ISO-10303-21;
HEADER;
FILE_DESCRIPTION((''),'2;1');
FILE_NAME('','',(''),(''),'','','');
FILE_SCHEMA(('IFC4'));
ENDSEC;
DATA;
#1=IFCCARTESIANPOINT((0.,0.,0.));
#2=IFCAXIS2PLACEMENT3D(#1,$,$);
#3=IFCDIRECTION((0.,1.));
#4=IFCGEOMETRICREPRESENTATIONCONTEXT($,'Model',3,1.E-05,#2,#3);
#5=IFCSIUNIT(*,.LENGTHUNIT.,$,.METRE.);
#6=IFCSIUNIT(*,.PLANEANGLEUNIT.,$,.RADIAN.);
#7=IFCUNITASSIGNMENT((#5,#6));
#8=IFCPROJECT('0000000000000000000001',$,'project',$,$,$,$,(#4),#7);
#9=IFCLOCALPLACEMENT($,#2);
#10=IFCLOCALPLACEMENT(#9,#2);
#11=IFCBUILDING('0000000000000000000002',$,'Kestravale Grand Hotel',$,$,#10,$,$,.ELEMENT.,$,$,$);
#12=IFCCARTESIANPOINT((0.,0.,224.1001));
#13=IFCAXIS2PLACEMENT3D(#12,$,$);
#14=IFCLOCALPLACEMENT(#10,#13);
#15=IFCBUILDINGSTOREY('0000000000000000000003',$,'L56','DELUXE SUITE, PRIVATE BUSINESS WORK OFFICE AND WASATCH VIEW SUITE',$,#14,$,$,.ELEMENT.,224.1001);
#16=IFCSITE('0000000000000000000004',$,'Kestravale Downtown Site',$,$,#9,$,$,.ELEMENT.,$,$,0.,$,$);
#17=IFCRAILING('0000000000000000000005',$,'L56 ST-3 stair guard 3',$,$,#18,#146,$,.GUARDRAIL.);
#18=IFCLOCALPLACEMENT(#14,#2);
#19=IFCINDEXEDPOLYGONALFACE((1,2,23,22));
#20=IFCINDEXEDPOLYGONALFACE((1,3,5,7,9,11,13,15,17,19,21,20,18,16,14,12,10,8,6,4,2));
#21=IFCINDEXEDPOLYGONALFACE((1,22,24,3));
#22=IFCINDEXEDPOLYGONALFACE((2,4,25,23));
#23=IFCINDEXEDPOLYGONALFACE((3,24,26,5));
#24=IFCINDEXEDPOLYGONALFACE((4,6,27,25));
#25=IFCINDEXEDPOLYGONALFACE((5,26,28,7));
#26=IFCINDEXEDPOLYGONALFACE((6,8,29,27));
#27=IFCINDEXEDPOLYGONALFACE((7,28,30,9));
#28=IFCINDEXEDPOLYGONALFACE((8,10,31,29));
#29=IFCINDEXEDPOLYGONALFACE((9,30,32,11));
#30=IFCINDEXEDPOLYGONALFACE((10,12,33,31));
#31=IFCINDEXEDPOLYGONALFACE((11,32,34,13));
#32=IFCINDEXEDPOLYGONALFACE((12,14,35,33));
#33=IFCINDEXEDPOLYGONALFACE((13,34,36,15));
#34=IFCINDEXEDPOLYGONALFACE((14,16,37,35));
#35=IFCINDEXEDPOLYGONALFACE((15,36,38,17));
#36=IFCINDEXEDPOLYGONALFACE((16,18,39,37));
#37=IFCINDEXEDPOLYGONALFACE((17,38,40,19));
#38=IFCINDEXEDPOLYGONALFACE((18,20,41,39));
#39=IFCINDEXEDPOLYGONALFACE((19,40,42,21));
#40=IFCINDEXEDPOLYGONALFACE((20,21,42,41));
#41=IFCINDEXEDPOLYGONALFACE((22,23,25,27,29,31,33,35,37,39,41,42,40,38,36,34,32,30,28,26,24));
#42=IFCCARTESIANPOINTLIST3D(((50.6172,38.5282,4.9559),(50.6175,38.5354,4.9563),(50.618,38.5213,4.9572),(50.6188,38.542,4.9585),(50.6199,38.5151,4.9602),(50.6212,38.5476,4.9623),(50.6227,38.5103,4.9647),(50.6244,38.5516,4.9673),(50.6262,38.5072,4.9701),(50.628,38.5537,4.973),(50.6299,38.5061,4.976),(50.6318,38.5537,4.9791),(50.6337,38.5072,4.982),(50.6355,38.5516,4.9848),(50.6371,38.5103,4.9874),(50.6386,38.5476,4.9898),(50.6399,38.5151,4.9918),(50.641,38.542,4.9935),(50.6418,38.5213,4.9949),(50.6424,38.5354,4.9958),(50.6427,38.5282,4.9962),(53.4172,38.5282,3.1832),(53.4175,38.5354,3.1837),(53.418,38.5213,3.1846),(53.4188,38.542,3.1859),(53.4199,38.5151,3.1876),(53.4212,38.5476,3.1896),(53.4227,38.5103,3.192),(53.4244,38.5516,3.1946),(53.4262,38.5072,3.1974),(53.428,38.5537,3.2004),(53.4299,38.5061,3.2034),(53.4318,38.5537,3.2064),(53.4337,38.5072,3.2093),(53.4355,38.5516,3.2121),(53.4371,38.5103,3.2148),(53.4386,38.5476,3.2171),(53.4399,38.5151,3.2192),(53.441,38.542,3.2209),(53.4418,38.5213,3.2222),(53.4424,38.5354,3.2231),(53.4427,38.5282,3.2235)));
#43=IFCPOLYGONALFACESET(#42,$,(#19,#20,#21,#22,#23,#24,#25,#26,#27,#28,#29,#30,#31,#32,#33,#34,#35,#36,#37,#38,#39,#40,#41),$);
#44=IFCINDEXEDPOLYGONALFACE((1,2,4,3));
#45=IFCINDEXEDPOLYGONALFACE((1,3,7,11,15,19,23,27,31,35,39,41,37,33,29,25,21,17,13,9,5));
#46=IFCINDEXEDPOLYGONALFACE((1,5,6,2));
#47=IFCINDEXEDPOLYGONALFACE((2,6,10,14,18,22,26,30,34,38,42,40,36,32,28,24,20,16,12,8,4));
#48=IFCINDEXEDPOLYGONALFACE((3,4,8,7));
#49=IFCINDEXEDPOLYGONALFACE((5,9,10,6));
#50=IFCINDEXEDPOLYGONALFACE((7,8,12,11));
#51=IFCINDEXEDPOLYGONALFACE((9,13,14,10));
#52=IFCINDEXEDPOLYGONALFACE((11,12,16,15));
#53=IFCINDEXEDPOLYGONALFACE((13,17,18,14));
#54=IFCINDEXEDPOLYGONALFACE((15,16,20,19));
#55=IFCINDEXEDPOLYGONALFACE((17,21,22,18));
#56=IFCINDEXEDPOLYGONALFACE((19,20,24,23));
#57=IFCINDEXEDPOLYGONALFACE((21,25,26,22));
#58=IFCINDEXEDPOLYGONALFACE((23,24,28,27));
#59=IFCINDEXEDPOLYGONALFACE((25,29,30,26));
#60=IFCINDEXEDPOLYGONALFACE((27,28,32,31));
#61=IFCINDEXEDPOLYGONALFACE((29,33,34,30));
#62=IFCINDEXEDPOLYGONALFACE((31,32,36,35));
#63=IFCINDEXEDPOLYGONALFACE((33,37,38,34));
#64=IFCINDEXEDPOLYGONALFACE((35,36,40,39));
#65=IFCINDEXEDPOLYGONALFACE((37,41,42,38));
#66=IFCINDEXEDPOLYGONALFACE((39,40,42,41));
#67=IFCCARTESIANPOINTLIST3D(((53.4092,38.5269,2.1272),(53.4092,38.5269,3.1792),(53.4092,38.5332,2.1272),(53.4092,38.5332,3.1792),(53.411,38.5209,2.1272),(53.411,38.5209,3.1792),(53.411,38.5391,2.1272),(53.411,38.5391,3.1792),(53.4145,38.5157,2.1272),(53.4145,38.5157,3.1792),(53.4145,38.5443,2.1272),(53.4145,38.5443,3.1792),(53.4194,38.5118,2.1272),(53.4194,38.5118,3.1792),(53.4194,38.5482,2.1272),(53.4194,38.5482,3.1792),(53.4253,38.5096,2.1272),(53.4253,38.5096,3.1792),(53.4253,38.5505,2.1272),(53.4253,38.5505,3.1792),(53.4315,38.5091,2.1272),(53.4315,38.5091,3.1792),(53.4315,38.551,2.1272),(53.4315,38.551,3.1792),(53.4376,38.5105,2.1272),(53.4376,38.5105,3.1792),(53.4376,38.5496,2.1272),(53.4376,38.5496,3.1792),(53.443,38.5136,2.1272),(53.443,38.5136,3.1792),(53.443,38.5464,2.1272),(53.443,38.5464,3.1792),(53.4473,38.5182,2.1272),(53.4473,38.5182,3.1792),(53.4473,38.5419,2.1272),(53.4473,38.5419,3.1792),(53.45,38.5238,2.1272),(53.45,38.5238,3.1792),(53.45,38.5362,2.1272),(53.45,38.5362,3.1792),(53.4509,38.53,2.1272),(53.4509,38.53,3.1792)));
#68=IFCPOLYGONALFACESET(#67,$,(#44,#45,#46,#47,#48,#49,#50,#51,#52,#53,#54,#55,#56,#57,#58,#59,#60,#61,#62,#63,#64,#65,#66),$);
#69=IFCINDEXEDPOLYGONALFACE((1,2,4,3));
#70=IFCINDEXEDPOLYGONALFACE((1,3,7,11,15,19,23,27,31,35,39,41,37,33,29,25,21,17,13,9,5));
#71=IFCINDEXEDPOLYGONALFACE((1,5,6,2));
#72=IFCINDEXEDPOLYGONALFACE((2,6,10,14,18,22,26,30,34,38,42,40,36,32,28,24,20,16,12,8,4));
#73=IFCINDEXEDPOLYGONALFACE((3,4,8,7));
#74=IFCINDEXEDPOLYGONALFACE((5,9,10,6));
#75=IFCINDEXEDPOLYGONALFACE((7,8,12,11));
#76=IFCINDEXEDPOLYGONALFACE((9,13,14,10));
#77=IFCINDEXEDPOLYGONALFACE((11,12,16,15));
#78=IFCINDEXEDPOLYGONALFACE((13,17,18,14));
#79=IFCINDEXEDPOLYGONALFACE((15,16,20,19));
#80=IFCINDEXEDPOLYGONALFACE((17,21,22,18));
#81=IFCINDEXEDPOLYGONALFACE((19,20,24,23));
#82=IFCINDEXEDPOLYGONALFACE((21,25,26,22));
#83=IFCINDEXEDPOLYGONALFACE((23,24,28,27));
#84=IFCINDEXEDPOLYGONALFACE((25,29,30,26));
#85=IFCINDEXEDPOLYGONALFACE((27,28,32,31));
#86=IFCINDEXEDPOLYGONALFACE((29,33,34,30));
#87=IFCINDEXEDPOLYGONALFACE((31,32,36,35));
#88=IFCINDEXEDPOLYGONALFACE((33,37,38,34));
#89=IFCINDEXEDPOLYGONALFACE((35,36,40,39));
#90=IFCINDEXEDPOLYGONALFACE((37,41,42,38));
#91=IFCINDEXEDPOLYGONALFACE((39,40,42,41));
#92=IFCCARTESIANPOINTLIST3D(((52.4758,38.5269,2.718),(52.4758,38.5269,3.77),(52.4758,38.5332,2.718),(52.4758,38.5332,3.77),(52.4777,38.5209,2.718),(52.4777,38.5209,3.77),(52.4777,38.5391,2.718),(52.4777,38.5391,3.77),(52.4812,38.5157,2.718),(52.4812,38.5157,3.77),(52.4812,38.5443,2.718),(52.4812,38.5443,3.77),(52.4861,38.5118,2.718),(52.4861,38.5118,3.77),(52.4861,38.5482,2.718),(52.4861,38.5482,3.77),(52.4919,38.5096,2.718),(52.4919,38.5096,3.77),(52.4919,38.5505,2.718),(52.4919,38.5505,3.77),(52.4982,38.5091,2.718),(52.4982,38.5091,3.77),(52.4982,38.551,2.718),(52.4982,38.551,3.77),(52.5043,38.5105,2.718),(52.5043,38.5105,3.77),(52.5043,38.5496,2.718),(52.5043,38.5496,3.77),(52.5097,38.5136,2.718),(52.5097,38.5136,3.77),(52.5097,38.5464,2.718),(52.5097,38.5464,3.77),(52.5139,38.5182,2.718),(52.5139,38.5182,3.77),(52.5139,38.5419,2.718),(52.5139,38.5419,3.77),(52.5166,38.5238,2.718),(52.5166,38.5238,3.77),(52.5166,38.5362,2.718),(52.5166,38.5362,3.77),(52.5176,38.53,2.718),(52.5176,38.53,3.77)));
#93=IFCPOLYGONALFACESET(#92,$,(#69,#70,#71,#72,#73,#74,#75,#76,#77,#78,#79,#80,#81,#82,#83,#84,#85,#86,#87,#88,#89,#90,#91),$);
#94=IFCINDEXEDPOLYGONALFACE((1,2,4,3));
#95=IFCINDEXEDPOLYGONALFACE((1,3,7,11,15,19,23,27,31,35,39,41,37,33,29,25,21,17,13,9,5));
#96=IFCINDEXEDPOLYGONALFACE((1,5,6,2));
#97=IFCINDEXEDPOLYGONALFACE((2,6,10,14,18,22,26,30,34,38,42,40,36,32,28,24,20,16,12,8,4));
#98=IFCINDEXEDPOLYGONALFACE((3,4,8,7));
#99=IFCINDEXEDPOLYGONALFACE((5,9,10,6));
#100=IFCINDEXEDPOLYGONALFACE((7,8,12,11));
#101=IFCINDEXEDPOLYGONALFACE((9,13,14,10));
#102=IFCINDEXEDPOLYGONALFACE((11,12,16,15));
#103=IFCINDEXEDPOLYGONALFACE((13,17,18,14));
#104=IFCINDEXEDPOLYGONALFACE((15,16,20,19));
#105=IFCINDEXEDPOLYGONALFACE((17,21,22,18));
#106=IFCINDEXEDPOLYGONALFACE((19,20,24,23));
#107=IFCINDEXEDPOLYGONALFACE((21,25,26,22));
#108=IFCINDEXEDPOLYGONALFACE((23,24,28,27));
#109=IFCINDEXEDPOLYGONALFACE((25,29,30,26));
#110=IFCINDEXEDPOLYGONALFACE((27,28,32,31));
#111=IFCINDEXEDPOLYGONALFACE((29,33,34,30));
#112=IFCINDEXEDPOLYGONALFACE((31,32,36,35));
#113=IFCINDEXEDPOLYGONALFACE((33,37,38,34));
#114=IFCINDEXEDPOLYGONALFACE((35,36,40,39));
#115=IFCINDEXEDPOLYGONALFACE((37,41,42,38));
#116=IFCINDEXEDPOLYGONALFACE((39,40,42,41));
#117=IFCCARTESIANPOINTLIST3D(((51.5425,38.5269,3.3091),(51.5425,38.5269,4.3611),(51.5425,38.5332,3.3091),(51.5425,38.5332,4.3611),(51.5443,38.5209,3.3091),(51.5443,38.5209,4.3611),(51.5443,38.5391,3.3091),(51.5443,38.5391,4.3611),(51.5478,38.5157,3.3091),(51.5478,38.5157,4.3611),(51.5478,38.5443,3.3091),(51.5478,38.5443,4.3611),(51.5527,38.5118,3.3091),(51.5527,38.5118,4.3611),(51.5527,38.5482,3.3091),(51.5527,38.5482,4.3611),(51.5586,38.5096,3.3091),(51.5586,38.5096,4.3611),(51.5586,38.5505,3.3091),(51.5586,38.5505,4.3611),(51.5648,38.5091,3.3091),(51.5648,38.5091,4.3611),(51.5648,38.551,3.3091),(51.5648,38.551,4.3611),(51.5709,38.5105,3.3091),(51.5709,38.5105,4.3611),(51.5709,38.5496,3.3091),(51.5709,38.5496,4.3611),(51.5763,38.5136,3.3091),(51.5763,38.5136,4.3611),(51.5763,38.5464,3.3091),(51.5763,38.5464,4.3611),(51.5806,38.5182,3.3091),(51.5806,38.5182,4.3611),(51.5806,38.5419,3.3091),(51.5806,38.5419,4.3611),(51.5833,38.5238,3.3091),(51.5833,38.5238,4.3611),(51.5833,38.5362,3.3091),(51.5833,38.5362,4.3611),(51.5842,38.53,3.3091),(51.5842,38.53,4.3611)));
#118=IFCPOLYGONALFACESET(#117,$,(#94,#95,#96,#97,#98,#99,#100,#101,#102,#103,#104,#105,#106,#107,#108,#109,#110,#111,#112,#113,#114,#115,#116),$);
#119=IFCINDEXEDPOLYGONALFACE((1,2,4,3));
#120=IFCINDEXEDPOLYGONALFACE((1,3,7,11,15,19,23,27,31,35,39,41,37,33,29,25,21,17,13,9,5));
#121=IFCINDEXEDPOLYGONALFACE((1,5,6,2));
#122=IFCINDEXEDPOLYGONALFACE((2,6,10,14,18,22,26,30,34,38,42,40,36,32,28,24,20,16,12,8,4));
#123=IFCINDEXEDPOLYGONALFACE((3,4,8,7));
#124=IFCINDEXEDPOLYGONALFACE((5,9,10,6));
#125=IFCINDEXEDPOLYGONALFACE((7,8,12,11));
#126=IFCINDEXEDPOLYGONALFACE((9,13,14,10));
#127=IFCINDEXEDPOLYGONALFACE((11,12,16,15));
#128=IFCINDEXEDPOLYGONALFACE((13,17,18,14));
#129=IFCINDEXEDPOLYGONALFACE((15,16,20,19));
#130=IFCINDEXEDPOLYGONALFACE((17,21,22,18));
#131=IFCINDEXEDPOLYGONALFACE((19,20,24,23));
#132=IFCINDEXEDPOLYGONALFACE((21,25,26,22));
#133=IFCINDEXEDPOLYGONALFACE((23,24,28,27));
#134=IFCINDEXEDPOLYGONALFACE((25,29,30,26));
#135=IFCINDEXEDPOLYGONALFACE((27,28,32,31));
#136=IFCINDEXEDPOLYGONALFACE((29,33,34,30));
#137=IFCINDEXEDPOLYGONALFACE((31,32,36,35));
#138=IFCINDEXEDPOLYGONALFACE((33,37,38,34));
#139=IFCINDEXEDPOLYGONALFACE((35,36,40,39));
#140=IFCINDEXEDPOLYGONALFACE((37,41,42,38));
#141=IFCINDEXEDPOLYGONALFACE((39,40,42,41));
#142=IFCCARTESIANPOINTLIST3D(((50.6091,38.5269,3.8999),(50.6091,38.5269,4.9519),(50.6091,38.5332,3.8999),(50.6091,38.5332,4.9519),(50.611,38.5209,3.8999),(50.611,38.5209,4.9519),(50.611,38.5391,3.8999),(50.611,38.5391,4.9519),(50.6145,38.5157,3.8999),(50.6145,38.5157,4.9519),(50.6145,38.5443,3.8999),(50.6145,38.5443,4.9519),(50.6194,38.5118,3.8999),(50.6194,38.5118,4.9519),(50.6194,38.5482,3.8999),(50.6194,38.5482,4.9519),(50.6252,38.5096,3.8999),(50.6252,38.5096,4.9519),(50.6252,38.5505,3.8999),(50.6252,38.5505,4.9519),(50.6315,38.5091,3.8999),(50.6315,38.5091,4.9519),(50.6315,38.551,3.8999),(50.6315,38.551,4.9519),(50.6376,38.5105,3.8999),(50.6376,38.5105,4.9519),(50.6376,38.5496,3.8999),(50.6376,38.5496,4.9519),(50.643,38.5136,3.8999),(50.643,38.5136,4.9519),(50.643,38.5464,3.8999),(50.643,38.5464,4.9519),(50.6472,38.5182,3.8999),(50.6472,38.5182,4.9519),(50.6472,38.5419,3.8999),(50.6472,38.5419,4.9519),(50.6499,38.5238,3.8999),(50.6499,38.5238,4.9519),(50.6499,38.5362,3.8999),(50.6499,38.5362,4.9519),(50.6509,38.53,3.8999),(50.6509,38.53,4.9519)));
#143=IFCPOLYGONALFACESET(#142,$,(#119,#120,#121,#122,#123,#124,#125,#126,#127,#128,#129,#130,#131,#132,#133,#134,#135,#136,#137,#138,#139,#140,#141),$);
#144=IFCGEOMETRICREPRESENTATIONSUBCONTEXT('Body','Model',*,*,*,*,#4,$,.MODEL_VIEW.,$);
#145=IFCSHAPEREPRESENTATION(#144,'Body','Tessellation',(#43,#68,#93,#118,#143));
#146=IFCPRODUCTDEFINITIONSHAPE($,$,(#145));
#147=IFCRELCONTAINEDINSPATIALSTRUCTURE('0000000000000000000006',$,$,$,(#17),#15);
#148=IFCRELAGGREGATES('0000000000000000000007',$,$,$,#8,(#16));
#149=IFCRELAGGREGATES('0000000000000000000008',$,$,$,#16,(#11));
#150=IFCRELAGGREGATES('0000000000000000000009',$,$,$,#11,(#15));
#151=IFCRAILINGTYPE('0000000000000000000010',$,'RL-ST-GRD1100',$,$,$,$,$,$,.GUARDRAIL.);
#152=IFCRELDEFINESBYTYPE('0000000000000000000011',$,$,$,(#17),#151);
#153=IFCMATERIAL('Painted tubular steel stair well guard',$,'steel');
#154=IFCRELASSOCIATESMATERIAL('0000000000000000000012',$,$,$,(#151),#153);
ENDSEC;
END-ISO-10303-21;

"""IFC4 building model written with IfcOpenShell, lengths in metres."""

from ifc_helpers import new_model, si_unit, direction, frame, origin, origin_2d, place, context, subcontext, project, spatial, circle, extrude, material, type_object, element, save


model = new_model("IFC4")

# Units and contexts
model_context = context("Model", 3, precision=1e-05, world=origin(), true_north=direction((0.0, 1.0)))
body_context = subcontext(model_context, "Body", "Model", "MODEL_VIEW")
ifc_project = project(units=[si_unit("LENGTHUNIT", "METRE"), si_unit("PLANEANGLEUNIT", "RADIAN")], contexts=[model_context])

# Site, building, storey
site_placement = place(None, origin())
site = spatial("IfcSite", under=ifc_project, at=site_placement, Name="Kestravale Downtown Site", CompositionType="ELEMENT", RefElevation=0.0)
building_placement = place(site_placement, origin())
building = spatial("IfcBuilding", under=site, at=building_placement, Name="Kestravale Grand Hotel", CompositionType="ELEMENT")
storey_placement = place(building_placement, frame((0.0, 0.0, 224.1001)))
storey = spatial("IfcBuildingStorey", under=building, at=storey_placement, Name="L56", Description="DELUXE SUITE, PRIVATE BUSINESS WORK OFFICE AND WASATCH VIEW SUITE", CompositionType="ELEMENT", Elevation=224.1001)

# Railing
ifc_material_1 = material(Name="Painted tubular steel stair well guard", Category="steel")
railing_type_1 = type_object("IfcRailingType", Name="RL-ST-GRD1100", PredefinedType="GUARDRAIL", material=ifc_material_1)
railing_1_placement = place(storey_placement, frame((53.4299, 38.53, 2.1272)))
element("IfcRailing", 1, at=railing_1_placement, inside=storey, type_object=railing_type_1, Name="L56 ST-3 stair guard 3", PredefinedType="GUARDRAIL", context=body_context, shape_type="SweptSolid", body=[
    extrude(circle(Radius=0.0239, at=origin_2d()), frame((0.0, 0.0, 1.0762), z_axis=(-0.844909, 0.0, 0.53491), x_axis=(0.0, -1.0, 0.0)), (0.0, 0.0, 1.0), 3.314),
    extrude(circle(Radius=0.021, at=origin_2d()), origin(), (0.0, 0.0, 1.0), 1.052),
    extrude(circle(Radius=0.021, at=origin_2d()), frame((-0.9333, 0.0, 0.5908)), (0.0, 0.0, 1.0), 1.052),
    extrude(circle(Radius=0.021, at=origin_2d()), frame((-1.8667, 0.0, 1.1819)), (0.0, 0.0, 1.0), 1.052),
    extrude(circle(Radius=0.021, at=origin_2d()), frame((-2.8, 0.0, 1.7727)), (0.0, 0.0, 1.0), 1.052),
])

save(model, "model.ifc")
